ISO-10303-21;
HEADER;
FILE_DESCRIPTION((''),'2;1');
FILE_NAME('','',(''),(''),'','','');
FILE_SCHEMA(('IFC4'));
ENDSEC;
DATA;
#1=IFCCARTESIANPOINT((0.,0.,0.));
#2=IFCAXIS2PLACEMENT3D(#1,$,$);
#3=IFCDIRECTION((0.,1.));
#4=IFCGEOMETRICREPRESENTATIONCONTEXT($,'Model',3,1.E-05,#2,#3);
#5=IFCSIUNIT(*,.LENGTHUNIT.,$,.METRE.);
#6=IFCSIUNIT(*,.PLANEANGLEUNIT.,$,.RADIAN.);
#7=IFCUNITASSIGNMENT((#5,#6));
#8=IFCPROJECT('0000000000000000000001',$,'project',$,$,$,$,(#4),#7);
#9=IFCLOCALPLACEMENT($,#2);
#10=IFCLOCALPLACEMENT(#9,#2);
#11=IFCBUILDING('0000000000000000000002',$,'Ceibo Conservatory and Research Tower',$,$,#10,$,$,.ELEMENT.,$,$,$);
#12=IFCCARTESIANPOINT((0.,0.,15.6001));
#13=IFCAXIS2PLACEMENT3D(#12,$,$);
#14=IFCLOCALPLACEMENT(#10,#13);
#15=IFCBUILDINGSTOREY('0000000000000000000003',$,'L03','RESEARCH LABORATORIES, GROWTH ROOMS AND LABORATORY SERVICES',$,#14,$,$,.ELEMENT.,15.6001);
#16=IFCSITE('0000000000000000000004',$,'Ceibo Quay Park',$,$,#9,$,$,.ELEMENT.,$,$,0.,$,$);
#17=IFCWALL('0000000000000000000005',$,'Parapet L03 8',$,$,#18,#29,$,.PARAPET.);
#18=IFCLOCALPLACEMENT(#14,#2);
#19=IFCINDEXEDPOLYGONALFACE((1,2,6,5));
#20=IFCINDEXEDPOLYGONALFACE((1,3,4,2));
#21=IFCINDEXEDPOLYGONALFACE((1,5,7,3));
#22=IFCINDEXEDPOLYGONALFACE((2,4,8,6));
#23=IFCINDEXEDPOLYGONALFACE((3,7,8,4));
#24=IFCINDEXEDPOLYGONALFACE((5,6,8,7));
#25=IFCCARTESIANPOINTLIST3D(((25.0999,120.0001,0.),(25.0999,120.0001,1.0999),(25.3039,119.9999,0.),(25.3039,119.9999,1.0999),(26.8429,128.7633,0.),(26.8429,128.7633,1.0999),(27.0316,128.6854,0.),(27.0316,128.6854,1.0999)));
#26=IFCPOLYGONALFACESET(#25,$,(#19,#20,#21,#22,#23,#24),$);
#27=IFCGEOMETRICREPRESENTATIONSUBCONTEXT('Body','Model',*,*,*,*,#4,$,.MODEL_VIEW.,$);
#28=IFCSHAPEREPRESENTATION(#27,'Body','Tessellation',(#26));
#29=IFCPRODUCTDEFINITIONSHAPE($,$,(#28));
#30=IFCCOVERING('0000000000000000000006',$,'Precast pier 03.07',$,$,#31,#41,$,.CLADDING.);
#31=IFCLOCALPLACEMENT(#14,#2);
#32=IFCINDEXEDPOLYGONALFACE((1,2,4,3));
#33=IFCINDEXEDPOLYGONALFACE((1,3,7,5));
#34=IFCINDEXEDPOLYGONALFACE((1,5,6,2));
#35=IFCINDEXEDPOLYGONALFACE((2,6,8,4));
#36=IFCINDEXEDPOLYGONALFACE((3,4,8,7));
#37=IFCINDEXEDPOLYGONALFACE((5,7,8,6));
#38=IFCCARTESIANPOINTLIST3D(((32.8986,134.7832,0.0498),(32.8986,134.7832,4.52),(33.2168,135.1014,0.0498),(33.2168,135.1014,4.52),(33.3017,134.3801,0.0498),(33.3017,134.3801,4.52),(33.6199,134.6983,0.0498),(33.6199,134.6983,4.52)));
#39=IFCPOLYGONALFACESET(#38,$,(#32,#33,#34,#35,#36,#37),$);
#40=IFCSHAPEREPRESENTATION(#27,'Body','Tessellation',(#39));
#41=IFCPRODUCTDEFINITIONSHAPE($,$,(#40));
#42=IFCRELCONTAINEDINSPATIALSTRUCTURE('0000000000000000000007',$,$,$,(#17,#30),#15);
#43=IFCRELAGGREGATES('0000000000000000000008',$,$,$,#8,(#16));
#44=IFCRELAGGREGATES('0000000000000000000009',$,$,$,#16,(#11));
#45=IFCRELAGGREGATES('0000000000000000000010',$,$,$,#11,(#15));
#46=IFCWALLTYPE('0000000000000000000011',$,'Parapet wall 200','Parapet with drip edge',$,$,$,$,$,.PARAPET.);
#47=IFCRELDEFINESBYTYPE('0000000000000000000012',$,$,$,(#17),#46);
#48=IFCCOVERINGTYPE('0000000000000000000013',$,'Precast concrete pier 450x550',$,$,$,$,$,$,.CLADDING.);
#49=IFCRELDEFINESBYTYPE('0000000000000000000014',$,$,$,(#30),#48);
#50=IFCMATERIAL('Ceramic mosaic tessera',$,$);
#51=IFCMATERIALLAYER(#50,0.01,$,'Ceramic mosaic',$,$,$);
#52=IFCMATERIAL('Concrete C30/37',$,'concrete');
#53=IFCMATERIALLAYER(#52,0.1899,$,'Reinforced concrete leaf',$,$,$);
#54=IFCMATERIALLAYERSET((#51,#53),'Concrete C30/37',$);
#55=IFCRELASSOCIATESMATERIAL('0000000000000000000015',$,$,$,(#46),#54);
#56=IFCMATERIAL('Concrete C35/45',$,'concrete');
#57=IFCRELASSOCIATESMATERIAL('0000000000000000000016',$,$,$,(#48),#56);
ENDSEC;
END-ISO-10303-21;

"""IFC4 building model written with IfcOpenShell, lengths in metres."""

from ifc_helpers import new_model, si_unit, direction, frame, origin, origin_2d, place, context, subcontext, project, spatial, polyline, rectangle, outline, extrude, material, layer, layer_set, type_object, element, save


model = new_model("IFC4")

# Units and contexts
model_context = context("Model", 3, precision=1e-05, world=origin(), true_north=direction((0.0, 1.0)))
body_context = subcontext(model_context, "Body", "Model", "MODEL_VIEW")
ifc_project = project(units=[si_unit("LENGTHUNIT", "METRE"), si_unit("PLANEANGLEUNIT", "RADIAN")], contexts=[model_context])

# Site, building, storey
site_placement = place(None, origin())
site = spatial("IfcSite", under=ifc_project, at=site_placement, Name="Ceibo Quay Park", CompositionType="ELEMENT", RefElevation=0.0)
building_placement = place(site_placement, origin())
building = spatial("IfcBuilding", under=site, at=building_placement, Name="Ceibo Conservatory and Research Tower", CompositionType="ELEMENT")
storey_placement = place(building_placement, frame((0.0, 0.0, 15.6001)))
storey = spatial("IfcBuildingStorey", under=building, at=storey_placement, Name="L03", Description="RESEARCH LABORATORIES, GROWTH ROOMS AND LABORATORY SERVICES", CompositionType="ELEMENT", Elevation=15.6001)

# Shared definitions
ifc_material_1 = material(Name="Concrete C35/45", Category="concrete")

# Wall
ifc_material_2 = material(Name="Ceramic mosaic tessera")
ifc_layer_1 = layer(ifc_material_2, 0.01, Name="Ceramic mosaic")
ifc_material_3 = material(Name="Concrete C30/37", Category="concrete")
ifc_layer_2 = layer(ifc_material_3, 0.1899, Name="Reinforced concrete leaf")
ifc_layer_set_1 = layer_set([ifc_layer_1, ifc_layer_2], Name="Concrete C30/37")
wall_type = type_object("IfcWallType", Name="Parapet wall 200", Description="Parapet with drip edge", PredefinedType="PARAPET", material=ifc_layer_set_1)
wall_1_placement = place(storey_placement, frame((26.9373, 128.7244, 0.0), z_axis=(0.0, 0.0, 1.0), x_axis=(-0.195087, -0.980786, 0.0)))
element("IfcWall", 1, at=wall_1_placement, inside=storey, type_object=wall_type, Name="Parapet L03 8", PredefinedType="PARAPET", context=body_context, shape_type="SweptSolid", body=[
    extrude(outline(polyline([(-0.0198, -0.1001), (8.915, -0.1001), (8.8755, 0.1001), (0.0198, 0.1001), (-0.0198, -0.1001)])), origin(), (0.0, 0.0, 1.0), 1.0999),
])

# Covering
covering_type = type_object("IfcCoveringType", Name="Precast concrete pier 450x550", PredefinedType="CLADDING", material=ifc_material_1)
covering_placement = place(storey_placement, frame((33.2593, 134.7407, 0.0498), z_axis=(0.0, 0.0, 1.0), x_axis=(-0.707107, 0.707107, 0.0)))
element("IfcCovering", 2, at=covering_placement, inside=storey, type_object=covering_type, Name="Precast pier 03.07", PredefinedType="CLADDING", context=body_context, shape_type="SweptSolid", body=[
    extrude(rectangle(XDim=0.5701, YDim=0.45, at=origin_2d()), origin(), (0.0, 0.0, 1.0), 4.4702),
])

save(model, "model.ifc")
